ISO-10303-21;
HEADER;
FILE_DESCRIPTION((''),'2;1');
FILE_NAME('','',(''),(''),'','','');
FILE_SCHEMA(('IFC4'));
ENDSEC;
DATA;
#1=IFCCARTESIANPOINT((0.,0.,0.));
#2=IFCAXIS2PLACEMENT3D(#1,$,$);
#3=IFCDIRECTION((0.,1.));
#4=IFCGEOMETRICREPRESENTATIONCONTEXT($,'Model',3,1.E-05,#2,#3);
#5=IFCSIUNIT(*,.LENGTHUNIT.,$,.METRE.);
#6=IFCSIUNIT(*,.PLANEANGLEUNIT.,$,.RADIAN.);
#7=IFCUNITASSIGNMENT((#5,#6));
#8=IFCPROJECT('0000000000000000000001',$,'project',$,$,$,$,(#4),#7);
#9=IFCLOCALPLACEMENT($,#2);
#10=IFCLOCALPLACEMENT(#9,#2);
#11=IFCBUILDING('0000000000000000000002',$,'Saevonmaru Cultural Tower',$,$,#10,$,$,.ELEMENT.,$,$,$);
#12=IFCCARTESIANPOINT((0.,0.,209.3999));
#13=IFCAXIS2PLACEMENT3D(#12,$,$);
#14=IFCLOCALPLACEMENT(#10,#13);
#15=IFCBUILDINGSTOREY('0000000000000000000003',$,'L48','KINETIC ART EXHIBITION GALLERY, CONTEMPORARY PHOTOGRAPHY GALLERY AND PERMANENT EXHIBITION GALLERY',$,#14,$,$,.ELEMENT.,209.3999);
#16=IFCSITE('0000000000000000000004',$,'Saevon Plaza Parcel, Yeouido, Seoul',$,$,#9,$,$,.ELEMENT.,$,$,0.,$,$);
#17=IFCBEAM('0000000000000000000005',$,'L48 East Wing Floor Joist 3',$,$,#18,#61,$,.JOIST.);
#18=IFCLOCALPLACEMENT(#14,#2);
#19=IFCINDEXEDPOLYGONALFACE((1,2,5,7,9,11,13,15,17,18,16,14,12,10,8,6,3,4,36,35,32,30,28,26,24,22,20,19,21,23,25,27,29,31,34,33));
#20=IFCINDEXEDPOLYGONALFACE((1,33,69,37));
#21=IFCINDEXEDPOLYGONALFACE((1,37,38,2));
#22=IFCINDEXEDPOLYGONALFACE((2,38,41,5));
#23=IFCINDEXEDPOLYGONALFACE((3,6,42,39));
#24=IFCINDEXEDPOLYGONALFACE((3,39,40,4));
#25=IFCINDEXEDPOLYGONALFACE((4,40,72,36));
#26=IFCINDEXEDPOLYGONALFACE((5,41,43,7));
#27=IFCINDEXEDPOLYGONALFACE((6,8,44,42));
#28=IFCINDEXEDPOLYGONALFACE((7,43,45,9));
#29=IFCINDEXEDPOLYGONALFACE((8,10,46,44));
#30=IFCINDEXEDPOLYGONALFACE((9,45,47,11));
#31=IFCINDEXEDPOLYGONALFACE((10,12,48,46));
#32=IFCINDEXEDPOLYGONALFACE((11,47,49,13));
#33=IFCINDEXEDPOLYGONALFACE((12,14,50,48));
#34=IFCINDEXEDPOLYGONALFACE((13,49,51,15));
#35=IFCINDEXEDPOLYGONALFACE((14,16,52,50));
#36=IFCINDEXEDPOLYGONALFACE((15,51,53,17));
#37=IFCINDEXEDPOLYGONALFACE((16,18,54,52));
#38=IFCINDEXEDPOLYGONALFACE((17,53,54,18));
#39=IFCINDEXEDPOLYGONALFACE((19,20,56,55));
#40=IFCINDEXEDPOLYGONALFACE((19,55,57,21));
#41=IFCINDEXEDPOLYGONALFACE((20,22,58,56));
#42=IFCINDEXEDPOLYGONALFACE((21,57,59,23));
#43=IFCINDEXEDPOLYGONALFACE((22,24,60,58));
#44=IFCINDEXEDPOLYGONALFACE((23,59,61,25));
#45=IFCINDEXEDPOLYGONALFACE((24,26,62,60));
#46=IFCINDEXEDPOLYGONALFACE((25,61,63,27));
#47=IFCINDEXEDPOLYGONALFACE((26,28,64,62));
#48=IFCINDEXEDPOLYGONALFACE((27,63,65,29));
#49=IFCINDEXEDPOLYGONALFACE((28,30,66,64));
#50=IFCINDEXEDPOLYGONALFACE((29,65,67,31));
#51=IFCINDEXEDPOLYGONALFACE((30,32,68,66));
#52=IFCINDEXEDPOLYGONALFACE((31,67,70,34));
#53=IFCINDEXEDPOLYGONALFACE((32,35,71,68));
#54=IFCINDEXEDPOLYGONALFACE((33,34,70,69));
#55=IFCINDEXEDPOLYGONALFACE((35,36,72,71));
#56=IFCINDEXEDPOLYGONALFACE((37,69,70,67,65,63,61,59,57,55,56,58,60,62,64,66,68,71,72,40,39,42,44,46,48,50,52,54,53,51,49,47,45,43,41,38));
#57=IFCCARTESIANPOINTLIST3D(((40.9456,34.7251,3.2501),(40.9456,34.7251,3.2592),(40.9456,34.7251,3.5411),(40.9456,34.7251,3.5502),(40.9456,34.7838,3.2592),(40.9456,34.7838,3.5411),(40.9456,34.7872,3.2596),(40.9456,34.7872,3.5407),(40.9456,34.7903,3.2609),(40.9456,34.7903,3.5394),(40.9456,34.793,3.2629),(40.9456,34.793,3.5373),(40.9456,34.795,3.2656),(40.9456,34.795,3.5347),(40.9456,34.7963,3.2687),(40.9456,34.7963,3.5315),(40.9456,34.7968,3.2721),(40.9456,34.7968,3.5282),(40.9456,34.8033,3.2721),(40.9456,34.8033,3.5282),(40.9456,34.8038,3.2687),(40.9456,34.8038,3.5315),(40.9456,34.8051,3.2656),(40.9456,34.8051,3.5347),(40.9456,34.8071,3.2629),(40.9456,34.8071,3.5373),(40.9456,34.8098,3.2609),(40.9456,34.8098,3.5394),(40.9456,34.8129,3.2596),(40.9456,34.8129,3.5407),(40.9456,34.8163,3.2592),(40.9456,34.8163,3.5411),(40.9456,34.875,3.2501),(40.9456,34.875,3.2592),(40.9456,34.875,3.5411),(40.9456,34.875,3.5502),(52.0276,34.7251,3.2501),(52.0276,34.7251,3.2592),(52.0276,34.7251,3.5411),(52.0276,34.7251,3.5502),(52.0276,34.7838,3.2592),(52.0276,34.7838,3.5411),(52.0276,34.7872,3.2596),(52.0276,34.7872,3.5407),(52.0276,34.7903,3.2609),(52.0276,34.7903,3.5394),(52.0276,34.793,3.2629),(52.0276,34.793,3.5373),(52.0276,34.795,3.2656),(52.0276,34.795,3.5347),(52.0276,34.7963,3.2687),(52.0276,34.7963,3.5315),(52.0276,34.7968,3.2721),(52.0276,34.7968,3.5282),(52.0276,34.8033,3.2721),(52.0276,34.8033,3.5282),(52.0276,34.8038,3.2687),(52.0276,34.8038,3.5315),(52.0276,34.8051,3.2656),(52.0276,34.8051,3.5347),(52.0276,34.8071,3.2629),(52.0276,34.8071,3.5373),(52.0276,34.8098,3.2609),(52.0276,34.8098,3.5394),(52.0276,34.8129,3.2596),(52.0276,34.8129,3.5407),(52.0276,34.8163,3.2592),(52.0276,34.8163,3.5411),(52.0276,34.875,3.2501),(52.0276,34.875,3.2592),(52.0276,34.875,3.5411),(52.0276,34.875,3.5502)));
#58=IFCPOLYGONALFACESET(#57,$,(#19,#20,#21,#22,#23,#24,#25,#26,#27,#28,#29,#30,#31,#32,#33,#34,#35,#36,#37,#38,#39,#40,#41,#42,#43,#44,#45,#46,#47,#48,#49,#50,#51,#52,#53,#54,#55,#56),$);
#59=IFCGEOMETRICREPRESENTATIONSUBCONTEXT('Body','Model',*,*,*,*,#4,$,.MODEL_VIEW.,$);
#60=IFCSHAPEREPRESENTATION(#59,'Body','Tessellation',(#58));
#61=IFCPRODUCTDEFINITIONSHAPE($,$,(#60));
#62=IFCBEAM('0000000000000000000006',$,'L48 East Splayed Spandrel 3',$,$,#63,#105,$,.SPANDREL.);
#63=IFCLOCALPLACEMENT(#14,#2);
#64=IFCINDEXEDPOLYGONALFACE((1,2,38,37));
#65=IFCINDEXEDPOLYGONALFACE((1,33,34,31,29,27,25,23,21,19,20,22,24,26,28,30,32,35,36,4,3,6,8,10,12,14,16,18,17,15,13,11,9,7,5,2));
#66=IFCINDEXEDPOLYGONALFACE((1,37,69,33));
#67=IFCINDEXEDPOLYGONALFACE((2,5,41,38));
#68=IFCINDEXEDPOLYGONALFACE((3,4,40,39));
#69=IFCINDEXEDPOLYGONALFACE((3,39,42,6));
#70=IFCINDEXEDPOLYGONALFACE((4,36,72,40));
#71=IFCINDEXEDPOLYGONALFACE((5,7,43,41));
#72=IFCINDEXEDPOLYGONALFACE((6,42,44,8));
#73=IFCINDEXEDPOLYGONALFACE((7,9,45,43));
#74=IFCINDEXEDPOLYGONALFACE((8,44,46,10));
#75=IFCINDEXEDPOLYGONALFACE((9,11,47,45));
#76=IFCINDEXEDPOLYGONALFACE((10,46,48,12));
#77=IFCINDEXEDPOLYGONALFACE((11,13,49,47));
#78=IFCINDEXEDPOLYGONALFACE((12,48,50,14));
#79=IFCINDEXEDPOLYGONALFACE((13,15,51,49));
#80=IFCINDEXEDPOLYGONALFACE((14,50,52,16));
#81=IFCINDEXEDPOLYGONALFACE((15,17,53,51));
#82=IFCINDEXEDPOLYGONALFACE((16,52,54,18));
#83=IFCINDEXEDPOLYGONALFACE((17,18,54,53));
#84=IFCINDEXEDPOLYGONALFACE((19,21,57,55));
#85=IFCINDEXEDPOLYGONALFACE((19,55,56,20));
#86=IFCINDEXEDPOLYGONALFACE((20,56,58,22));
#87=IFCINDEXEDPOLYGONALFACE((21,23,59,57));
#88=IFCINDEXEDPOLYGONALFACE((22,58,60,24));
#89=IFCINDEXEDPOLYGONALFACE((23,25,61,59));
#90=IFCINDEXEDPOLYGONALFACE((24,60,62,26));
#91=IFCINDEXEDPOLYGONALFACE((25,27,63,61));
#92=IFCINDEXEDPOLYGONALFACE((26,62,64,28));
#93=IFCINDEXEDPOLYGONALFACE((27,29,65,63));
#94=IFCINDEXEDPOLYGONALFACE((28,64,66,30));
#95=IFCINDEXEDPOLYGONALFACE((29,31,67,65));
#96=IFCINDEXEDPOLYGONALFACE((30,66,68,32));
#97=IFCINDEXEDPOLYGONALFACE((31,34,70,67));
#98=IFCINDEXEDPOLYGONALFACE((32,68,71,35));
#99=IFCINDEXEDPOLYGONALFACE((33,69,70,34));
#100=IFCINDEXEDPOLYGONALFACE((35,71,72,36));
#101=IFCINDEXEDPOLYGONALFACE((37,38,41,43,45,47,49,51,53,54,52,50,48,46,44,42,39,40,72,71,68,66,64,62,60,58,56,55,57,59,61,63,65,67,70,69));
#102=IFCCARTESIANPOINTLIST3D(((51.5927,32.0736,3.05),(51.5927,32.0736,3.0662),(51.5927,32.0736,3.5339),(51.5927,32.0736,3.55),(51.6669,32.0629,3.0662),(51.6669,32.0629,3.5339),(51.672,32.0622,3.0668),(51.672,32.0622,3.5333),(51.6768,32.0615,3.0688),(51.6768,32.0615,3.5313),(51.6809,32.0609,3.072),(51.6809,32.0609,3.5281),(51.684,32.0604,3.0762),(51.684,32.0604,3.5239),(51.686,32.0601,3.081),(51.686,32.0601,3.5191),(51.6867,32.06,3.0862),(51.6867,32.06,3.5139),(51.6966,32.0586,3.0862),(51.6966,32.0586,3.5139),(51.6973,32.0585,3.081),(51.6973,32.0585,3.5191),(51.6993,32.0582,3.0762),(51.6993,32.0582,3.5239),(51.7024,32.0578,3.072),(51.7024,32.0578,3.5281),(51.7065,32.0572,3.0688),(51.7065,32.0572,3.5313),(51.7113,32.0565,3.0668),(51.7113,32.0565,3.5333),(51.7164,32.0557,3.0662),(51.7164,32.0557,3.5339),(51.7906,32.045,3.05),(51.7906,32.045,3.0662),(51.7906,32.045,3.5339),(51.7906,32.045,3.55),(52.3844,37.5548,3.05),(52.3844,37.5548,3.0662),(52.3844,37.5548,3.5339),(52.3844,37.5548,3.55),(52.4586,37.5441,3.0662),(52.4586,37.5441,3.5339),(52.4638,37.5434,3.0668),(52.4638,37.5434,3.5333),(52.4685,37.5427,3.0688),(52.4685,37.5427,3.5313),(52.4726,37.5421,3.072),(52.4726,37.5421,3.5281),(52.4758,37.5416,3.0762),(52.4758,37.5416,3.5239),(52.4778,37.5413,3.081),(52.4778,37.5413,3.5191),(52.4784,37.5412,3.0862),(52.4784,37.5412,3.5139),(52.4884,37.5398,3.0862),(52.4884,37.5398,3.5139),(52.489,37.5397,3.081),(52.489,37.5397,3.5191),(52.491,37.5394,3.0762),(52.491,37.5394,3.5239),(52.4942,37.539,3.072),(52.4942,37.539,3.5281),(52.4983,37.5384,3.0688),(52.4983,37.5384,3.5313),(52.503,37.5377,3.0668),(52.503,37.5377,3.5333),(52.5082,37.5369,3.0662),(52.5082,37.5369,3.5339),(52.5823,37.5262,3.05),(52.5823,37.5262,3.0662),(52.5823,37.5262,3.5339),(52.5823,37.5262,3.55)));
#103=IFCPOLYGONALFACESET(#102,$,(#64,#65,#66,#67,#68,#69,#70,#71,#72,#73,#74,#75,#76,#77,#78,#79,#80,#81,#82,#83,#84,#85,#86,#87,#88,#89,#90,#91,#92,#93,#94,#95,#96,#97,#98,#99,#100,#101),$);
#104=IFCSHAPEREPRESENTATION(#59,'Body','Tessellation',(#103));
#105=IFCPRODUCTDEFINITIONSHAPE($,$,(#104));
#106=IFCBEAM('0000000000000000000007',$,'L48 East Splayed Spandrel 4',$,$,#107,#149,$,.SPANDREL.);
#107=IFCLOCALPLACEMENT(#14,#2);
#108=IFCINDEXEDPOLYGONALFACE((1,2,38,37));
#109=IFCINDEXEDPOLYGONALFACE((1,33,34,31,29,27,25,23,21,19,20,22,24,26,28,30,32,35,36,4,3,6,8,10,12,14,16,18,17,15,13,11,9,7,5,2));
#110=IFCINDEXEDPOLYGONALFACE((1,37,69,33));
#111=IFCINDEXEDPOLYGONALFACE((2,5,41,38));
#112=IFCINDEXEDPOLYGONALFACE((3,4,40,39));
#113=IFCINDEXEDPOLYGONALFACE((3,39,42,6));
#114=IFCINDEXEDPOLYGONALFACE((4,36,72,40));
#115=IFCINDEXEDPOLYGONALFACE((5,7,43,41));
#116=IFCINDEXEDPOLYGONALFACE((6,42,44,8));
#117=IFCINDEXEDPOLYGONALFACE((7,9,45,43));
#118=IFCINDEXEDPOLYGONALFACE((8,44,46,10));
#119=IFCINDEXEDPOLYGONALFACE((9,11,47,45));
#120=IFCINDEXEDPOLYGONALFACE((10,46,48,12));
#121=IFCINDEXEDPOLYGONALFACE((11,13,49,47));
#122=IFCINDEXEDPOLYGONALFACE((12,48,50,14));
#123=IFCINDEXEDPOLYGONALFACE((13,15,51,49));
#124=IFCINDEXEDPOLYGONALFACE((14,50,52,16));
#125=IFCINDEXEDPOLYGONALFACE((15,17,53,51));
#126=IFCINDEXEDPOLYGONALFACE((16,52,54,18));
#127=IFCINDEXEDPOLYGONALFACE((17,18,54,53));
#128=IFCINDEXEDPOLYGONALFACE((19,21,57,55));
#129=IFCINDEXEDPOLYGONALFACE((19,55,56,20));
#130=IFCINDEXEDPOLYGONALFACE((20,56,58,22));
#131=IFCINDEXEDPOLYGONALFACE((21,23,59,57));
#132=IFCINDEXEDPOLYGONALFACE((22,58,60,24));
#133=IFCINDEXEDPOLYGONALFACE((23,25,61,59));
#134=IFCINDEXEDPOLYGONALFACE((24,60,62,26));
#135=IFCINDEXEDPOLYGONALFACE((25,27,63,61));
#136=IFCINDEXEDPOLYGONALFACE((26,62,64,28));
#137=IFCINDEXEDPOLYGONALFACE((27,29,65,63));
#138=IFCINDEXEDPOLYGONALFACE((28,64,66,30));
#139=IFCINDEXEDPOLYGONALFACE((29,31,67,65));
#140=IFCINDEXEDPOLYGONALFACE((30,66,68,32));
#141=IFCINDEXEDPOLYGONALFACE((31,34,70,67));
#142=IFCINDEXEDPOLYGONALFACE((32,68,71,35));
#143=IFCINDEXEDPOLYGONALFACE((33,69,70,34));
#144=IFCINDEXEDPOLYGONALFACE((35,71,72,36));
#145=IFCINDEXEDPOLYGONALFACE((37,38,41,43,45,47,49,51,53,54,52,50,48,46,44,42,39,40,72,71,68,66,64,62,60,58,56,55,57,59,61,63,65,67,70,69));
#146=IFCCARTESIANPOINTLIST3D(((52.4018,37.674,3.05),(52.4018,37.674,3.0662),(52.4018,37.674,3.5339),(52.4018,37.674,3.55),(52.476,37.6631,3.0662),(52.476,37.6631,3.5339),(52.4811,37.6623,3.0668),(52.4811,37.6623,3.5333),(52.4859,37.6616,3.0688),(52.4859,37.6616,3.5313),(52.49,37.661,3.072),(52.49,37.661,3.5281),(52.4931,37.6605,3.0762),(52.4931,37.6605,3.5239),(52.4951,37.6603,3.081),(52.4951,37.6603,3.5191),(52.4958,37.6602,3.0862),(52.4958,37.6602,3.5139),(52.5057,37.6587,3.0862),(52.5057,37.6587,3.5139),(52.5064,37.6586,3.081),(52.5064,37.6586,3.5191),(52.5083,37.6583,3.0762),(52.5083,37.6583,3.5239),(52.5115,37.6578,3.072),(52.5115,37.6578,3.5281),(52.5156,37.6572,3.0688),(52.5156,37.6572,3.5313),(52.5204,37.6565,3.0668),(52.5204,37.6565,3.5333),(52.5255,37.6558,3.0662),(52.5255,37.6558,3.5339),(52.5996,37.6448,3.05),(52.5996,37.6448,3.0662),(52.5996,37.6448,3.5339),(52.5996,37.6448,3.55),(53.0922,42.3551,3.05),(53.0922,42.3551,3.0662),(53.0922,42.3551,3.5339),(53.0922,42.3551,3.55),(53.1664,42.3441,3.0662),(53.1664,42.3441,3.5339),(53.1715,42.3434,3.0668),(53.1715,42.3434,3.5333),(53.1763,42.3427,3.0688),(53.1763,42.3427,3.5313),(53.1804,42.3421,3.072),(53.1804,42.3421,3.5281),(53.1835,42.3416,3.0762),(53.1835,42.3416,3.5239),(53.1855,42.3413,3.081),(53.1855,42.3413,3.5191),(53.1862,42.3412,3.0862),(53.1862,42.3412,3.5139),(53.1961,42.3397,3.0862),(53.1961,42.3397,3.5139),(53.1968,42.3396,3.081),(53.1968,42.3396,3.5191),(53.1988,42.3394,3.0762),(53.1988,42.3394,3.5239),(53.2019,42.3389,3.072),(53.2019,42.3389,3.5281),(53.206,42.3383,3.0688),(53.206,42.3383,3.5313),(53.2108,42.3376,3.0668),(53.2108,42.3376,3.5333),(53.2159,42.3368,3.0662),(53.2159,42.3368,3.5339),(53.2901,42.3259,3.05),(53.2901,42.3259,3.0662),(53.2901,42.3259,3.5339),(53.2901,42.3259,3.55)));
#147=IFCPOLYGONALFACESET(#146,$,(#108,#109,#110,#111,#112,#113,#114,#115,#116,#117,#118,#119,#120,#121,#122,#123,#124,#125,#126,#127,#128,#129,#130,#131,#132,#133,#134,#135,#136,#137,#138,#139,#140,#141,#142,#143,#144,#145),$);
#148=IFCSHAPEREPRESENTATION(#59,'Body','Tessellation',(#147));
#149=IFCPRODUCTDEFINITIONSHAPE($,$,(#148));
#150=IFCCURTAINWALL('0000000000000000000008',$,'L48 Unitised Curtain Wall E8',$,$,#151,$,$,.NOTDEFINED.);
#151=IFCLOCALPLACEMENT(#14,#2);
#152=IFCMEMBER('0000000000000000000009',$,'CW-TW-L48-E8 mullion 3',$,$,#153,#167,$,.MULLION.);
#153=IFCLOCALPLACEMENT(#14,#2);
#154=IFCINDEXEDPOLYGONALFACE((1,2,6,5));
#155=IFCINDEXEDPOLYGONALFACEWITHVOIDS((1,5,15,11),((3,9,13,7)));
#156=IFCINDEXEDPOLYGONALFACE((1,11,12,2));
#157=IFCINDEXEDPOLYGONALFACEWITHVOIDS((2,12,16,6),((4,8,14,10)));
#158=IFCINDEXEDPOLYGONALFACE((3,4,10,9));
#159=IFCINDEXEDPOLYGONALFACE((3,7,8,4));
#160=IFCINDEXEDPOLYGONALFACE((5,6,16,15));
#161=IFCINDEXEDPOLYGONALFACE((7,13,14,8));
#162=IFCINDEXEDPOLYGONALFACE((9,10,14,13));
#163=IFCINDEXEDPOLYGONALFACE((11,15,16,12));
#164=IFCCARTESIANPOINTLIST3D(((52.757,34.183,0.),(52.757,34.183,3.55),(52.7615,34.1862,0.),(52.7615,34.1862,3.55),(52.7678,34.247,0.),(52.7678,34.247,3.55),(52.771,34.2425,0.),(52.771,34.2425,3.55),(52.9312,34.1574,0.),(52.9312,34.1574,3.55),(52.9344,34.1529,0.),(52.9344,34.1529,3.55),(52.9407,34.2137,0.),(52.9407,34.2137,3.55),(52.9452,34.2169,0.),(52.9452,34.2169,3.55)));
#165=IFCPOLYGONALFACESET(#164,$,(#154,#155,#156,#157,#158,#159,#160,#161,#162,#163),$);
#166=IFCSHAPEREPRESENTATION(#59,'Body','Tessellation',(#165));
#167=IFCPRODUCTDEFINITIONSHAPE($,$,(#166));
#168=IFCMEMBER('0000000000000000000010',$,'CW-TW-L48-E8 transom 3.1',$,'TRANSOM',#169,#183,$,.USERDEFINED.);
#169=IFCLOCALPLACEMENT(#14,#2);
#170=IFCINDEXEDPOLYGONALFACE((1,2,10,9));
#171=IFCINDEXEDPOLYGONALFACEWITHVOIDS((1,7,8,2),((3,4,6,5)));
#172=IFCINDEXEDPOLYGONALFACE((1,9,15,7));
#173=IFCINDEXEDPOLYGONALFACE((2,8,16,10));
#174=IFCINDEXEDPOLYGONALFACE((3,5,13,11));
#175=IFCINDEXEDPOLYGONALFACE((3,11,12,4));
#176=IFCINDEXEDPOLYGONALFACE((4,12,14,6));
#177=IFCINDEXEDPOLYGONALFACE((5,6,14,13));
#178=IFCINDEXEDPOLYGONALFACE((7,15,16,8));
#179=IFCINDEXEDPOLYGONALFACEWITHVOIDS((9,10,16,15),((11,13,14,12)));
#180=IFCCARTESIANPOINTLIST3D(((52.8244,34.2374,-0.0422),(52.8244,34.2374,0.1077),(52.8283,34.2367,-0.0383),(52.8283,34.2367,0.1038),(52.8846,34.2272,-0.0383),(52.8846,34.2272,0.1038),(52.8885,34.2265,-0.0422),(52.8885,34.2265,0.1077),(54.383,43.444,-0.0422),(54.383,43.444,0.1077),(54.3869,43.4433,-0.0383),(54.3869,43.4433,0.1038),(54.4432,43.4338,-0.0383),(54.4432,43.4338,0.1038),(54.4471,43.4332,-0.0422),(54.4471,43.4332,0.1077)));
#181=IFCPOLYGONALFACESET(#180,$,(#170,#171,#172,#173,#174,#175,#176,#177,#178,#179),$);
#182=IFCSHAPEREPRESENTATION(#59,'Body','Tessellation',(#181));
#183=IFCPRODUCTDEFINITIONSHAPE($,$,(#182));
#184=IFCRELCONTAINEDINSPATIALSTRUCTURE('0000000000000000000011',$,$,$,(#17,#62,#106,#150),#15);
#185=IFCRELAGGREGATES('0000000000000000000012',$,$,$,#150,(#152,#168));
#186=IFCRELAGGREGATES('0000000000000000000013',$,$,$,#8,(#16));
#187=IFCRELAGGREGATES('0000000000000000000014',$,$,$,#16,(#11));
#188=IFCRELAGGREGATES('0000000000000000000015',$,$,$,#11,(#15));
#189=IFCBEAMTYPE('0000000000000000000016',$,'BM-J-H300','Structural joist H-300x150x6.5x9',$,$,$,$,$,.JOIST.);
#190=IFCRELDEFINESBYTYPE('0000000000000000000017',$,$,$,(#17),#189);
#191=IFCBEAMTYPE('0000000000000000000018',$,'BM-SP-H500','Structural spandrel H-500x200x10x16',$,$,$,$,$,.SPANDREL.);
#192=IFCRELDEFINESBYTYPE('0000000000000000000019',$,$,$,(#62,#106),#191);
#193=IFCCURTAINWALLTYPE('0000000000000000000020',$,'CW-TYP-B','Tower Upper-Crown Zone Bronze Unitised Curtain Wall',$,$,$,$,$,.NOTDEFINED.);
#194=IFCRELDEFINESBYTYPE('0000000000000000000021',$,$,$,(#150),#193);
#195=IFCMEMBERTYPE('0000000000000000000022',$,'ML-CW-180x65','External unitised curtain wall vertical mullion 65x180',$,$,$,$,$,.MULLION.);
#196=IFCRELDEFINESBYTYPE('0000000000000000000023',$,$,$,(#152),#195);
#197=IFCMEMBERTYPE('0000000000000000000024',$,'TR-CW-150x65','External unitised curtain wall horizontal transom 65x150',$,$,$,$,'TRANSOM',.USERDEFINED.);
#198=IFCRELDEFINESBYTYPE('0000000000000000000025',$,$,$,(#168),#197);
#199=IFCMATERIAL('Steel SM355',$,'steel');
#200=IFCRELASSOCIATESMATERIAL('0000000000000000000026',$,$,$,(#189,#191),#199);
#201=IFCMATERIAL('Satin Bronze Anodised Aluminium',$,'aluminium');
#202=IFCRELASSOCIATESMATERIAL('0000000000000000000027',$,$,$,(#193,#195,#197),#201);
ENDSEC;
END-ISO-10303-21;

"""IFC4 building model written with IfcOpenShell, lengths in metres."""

from ifc_helpers import new_model, si_unit, direction, frame, origin, origin_2d, place, context, subcontext, project, spatial, hollow_rectangle, i_section, extrude, material, material_profile, profile_set, type_object, element, aggregate, save


model = new_model("IFC4")

# Units and contexts
model_context = context("Model", 3, precision=1e-05, world=origin(), true_north=direction((0.0, 1.0)))
body_context = subcontext(model_context, "Body", "Model", "MODEL_VIEW")
ifc_project = project(units=[si_unit("LENGTHUNIT", "METRE"), si_unit("PLANEANGLEUNIT", "RADIAN")], contexts=[model_context])

# Site, building, storey
site_placement = place(None, origin())
site = spatial("IfcSite", under=ifc_project, at=site_placement, Name="Saevon Plaza Parcel, Yeouido, Seoul", CompositionType="ELEMENT", RefElevation=0.0)
building_placement = place(site_placement, origin())
building = spatial("IfcBuilding", under=site, at=building_placement, Name="Saevonmaru Cultural Tower", CompositionType="ELEMENT")
storey_placement = place(building_placement, frame((0.0, 0.0, 209.3999)))
storey = spatial("IfcBuildingStorey", under=building, at=storey_placement, Name="L48", Description="KINETIC ART EXHIBITION GALLERY, CONTEMPORARY PHOTOGRAPHY GALLERY AND PERMANENT EXHIBITION GALLERY", CompositionType="ELEMENT", Elevation=209.3999)

# Shared definitions
ifc_material_1 = material(Name="Steel SM355", Category="steel")

# Beams
ifc_material_profile_1 = material_profile(ifc_material_1, i_section(OverallWidth=0.1499, OverallDepth=0.3, WebThickness=0.0066, FlangeThickness=0.009, FilletRadius=0.0129, at=origin_2d()), Name="H-300x150x6.5x9")
ifc_profile_set_1 = profile_set([ifc_material_profile_1], Name="Steel SM355")
beam_type_1 = type_object("IfcBeamType", Name="BM-J-H300", Description="Structural joist H-300x150x6.5x9", PredefinedType="JOIST", material=ifc_profile_set_1)
beam_1_placement = place(storey_placement, frame((40.9456, 34.8, 3.4001), z_axis=(1.0, 0.0, 0.0), x_axis=(0.0, 1.0, 0.0)))
element("IfcBeam", 1, at=beam_1_placement, inside=storey, type_object=beam_type_1, Name="L48 East Wing Floor Joist 3", PredefinedType="JOIST", context=body_context, shape_type="SweptSolid", body=[
    extrude(i_section(OverallWidth=0.1499, OverallDepth=0.3, WebThickness=0.0066, FlangeThickness=0.009, FilletRadius=0.0129, at=origin_2d()), origin(), (0.0, 0.0, 1.0), 11.082),
])
ifc_material_profile_2 = material_profile(ifc_material_1, i_section(OverallWidth=0.2, OverallDepth=0.5, WebThickness=0.01, FlangeThickness=0.0161, FilletRadius=0.02, at=origin_2d()), Name="H-500x200x10x16")
ifc_profile_set_2 = profile_set([ifc_material_profile_2], Name="Steel SM355")
beam_type_2 = type_object("IfcBeamType", Name="BM-SP-H500", Description="Structural spandrel H-500x200x10x16", PredefinedType="SPANDREL", material=ifc_profile_set_2)
beam_2_placement = place(storey_placement, frame((51.6917, 32.0593, 3.3), z_axis=(0.142964, 0.989728, 0.0), x_axis=(-0.989728, 0.142964, 0.0)))
element("IfcBeam", 2, at=beam_2_placement, inside=storey, type_object=beam_type_2, Name="L48 East Splayed Spandrel 3", PredefinedType="SPANDREL", context=body_context, shape_type="SweptSolid", body=[
    extrude(i_section(OverallWidth=0.2, OverallDepth=0.5, WebThickness=0.01, FlangeThickness=0.0161, FilletRadius=0.02, at=origin_2d()), origin(), (0.0, 0.0, 1.0), 5.5381),
])
beam_3_placement = place(storey_placement, frame((52.5007, 37.6594, 3.3), z_axis=(0.145913, 0.989297, 0.0), x_axis=(-0.989297, 0.145913, 0.0)))
element("IfcBeam", 3, at=beam_3_placement, inside=storey, type_object=beam_type_2, Name="L48 East Splayed Spandrel 4", PredefinedType="SPANDREL", context=body_context, shape_type="SweptSolid", body=[
    extrude(i_section(OverallWidth=0.2, OverallDepth=0.5, WebThickness=0.01, FlangeThickness=0.0161, FilletRadius=0.02, at=origin_2d()), origin(), (0.0, 0.0, 1.0), 4.7317),
])

# Curtain wall, members
ifc_material_2 = material(Name="Satin Bronze Anodised Aluminium", Category="aluminium")
curtain_wall_type = type_object("IfcCurtainWallType", Name="CW-TYP-B", Description="Tower Upper-Crown Zone Bronze Unitised Curtain Wall", PredefinedType="NOTDEFINED", material=ifc_material_2)
curtain_wall_placement = place(storey_placement, origin())
curtain_wall = element("IfcCurtainWall", 4, at=curtain_wall_placement, inside=storey, type_object=curtain_wall_type, Name="L48 Unitised Curtain Wall E8", PredefinedType="NOTDEFINED")
ifc_material_profile_3 = material_profile(ifc_material_2, hollow_rectangle(XDim=0.0649, YDim=0.1799, WallThickness=0.0039, at=origin_2d()), Name="ALU-MULL-180x65x4")
ifc_profile_set_3 = profile_set([ifc_material_profile_3], Name="Satin Bronze Anodised Aluminium")
member_type_1 = type_object("IfcMemberType", Name="ML-CW-180x65", Description="External unitised curtain wall vertical mullion 65x180", PredefinedType="MULLION", material=ifc_profile_set_3)
member_1_placement = place(storey_placement, frame((52.8511, 34.2, 0.0), z_axis=(0.0, 0.0, 1.0), x_axis=(0.166922, 0.98597, 0.0)))
member_1 = element("IfcMember", 5, at=member_1_placement, type_object=member_type_1, Name="CW-TW-L48-E8 mullion 3", PredefinedType="MULLION", context=body_context, shape_type="SweptSolid", body=[
    extrude(hollow_rectangle(XDim=0.0649, YDim=0.1799, WallThickness=0.0039, at=origin_2d()), origin(), (0.0, 0.0, 1.0), 3.55),
])
ifc_material_profile_4 = material_profile(ifc_material_2, hollow_rectangle(XDim=0.0649, YDim=0.1499, WallThickness=0.0039, at=origin_2d()), Name="ALU-TRAN-150x65x4")
ifc_profile_set_4 = profile_set([ifc_material_profile_4], Name="Satin Bronze Anodised Aluminium")
member_type_2 = type_object("IfcMemberType", Name="TR-CW-150x65", Description="External unitised curtain wall horizontal transom 65x150", ElementType="TRANSOM", PredefinedType="USERDEFINED", material=ifc_profile_set_4)
member_2_placement = place(storey_placement, frame((52.8564, 34.2319, 0.0327), z_axis=(0.166917, 0.985971, 0.0), x_axis=(-0.985971, 0.166917, 0.0)))
member_2 = element("IfcMember", 6, at=member_2_placement, type_object=member_type_2, Name="CW-TW-L48-E8 transom 3.1", ObjectType="TRANSOM", PredefinedType="USERDEFINED", context=body_context, shape_type="SweptSolid", body=[
    extrude(hollow_rectangle(XDim=0.0649, YDim=0.1499, WallThickness=0.0039, at=origin_2d()), origin(), (0.0, 0.0, 1.0), 9.3376),
])
aggregate(curtain_wall, [member_1, member_2])

save(model, "model.ifc")
